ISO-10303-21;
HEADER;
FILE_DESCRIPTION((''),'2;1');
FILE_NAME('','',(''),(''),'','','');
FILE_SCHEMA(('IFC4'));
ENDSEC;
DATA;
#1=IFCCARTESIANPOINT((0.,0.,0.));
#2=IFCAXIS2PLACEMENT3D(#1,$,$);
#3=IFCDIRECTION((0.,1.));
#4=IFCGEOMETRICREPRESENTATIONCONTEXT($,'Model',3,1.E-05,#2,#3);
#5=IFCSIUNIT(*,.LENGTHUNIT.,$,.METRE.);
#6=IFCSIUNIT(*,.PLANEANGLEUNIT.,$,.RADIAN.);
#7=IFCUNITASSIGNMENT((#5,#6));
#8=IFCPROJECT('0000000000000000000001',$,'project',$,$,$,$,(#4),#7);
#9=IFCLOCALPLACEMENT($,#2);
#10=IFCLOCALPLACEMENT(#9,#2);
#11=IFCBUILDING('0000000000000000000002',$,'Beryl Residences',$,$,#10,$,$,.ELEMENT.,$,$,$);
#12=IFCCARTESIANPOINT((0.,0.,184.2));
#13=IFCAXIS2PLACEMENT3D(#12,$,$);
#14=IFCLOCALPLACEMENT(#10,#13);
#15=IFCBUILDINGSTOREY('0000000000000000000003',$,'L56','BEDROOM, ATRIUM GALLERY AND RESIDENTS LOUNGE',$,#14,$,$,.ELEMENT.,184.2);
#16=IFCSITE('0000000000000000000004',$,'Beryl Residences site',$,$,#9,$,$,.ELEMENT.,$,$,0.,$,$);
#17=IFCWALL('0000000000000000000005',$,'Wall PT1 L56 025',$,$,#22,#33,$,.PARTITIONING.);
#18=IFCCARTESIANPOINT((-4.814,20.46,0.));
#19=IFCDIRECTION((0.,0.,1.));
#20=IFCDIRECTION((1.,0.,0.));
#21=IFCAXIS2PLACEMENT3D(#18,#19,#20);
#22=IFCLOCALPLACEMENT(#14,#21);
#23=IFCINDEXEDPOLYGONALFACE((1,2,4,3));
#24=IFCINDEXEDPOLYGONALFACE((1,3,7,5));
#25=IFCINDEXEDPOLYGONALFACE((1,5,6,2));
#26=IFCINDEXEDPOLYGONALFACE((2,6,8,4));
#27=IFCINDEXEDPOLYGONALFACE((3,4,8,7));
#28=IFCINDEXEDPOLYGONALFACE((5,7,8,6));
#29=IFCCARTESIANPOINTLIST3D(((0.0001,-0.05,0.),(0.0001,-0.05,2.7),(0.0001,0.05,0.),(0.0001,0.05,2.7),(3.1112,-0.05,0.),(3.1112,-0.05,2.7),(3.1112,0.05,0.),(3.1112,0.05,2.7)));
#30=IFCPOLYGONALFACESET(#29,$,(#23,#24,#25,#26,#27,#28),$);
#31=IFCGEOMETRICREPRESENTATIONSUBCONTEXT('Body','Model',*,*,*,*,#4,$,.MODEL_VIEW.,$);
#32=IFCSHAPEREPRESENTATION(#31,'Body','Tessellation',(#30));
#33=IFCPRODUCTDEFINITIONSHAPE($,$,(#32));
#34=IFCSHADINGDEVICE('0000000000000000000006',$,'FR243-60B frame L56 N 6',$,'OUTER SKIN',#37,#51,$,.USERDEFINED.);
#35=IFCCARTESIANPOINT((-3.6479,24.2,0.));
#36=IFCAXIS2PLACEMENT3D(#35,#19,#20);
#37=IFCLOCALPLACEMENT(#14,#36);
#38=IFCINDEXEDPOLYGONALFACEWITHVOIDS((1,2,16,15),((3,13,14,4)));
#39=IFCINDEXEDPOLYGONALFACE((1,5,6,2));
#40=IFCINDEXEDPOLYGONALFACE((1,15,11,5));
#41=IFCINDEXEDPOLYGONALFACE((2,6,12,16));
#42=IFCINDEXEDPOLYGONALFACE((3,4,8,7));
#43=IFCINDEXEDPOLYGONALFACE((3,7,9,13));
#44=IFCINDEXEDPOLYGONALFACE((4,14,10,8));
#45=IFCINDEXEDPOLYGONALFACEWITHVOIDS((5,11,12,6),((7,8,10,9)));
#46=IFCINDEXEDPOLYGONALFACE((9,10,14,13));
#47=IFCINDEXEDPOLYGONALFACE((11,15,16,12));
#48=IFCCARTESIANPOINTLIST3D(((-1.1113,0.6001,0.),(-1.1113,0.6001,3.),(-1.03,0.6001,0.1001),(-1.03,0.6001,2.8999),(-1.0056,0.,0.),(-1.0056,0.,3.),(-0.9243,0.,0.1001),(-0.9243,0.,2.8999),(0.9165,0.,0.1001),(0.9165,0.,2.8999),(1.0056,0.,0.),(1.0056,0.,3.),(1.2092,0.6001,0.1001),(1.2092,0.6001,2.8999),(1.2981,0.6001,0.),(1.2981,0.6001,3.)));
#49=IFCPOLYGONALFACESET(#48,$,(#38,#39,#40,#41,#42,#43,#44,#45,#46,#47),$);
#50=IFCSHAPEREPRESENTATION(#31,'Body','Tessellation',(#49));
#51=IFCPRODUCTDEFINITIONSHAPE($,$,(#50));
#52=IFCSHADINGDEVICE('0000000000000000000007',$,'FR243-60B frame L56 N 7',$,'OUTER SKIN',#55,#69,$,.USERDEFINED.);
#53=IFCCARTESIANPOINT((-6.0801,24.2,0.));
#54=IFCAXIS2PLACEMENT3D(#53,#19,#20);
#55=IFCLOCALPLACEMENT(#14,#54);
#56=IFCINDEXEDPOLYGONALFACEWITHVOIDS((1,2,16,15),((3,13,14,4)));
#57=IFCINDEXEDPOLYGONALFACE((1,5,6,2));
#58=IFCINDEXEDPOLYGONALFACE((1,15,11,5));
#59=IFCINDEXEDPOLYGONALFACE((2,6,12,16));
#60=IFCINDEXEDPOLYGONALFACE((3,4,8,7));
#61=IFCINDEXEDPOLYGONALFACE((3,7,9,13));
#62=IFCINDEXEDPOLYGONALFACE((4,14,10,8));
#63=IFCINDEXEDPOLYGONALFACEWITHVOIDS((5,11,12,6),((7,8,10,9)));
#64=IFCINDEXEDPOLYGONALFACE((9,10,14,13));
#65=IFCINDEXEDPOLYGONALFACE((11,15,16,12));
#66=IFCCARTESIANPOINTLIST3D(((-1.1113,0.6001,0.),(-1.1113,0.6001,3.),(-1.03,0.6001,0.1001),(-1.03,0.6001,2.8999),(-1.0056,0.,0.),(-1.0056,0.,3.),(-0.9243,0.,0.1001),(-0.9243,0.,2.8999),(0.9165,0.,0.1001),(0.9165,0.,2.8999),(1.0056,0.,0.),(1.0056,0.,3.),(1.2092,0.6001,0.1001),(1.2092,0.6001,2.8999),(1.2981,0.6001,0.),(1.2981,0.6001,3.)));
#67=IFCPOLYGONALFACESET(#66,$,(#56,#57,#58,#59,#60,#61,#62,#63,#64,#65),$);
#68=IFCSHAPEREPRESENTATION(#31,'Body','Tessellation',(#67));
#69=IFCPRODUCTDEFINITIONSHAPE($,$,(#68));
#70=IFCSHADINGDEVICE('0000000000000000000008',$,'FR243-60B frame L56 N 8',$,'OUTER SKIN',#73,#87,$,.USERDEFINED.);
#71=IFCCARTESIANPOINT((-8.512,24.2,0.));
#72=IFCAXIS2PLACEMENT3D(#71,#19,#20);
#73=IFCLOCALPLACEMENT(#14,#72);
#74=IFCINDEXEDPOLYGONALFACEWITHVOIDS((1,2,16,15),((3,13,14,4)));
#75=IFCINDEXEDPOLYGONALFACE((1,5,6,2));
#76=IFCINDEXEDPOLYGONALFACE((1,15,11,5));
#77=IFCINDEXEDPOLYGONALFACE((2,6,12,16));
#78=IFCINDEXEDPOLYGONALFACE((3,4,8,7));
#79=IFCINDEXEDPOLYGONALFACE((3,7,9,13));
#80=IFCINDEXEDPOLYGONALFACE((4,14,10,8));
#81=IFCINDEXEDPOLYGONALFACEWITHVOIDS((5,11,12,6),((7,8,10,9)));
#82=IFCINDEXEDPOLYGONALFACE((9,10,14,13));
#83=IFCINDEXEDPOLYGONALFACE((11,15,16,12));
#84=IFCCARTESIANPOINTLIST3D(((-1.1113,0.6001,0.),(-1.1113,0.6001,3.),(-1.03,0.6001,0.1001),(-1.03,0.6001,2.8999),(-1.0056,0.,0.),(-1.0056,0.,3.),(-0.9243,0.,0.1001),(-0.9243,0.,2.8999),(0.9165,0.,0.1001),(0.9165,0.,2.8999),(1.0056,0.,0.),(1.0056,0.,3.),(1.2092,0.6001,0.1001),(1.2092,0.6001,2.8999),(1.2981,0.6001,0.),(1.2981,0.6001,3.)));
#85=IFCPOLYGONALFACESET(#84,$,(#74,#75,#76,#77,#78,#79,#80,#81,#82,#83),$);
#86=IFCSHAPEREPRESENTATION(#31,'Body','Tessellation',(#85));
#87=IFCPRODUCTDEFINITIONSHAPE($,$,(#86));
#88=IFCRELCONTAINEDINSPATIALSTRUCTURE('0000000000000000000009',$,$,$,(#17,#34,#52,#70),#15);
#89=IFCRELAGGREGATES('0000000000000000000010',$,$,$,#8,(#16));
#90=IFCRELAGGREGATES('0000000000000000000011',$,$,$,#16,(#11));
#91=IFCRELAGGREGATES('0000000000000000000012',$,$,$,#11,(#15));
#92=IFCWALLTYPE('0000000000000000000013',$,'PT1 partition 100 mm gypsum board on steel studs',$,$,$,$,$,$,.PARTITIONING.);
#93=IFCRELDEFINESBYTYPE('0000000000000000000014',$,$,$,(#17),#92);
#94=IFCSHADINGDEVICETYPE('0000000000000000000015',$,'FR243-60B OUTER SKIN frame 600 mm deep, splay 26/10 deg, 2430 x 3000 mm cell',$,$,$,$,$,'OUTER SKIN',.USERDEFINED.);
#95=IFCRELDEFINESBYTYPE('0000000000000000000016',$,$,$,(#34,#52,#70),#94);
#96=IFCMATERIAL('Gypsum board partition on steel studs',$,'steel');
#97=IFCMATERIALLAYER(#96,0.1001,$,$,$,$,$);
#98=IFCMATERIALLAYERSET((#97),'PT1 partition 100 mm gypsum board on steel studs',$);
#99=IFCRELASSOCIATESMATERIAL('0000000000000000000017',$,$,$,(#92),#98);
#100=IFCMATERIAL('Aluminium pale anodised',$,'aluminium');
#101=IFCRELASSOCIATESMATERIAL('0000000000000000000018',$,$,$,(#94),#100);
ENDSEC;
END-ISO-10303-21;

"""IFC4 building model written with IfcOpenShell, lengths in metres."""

from ifc_helpers import new_model, entity, si_unit, direction, frame, frame_2d, origin, place, context, subcontext, project, spatial, rectangle, extrude, source, transform, mapped, material, layer, layer_set, type_object, type_shapes, element, save


model = new_model("IFC4")

# Units and contexts
model_context = context("Model", 3, precision=1e-05, world=origin(), true_north=direction((0.0, 1.0)))
body_context = subcontext(model_context, "Body", "Model", "MODEL_VIEW")
ifc_project = project(units=[si_unit("LENGTHUNIT", "METRE"), si_unit("PLANEANGLEUNIT", "RADIAN")], contexts=[model_context])

# Site, building, storey
site_placement = place(None, origin())
site = spatial("IfcSite", under=ifc_project, at=site_placement, Name="Beryl Residences site", CompositionType="ELEMENT", RefElevation=0.0)
building_placement = place(site_placement, origin())
building = spatial("IfcBuilding", under=site, at=building_placement, Name="Beryl Residences", CompositionType="ELEMENT")
storey_placement = place(building_placement, frame((0.0, 0.0, 184.2)))
storey = spatial("IfcBuildingStorey", under=building, at=storey_placement, Name="L56", Description="BEDROOM, ATRIUM GALLERY AND RESIDENTS LOUNGE", CompositionType="ELEMENT", Elevation=184.2)

# Shared definitions
ifc_material_1 = material(Name="Gypsum board partition on steel studs", Category="steel")
ifc_layer_1 = layer(ifc_material_1, 0.1001)
ifc_layer_set_1 = layer_set([ifc_layer_1], Name="PT1 partition 100 mm gypsum board on steel studs")
wall_type_1 = type_object("IfcWallType", Name="PT1 partition 100 mm gypsum board on steel studs", PredefinedType="PARTITIONING", material=ifc_layer_set_1)

# Wall
wall_1_placement = place(storey_placement, frame((-4.814, 20.46, 0.0), z_axis=(0.0, 0.0, 1.0), x_axis=(1.0, 0.0, 0.0)))
element("IfcWall", 1, at=wall_1_placement, inside=storey, type_object=wall_type_1, Name="Wall PT1 L56 025", PredefinedType="PARTITIONING", context=body_context, shape_type="SweptSolid", body=[
    extrude(rectangle(XDim=3.1111, YDim=0.1001, at=frame_2d((1.5557, 0.0))), origin(), (0.0, 0.0, 1.0), 2.7),
])

# Shading devices
ifc_material_2 = material(Name="Aluminium pale anodised", Category="aluminium")
shading_device_type = type_object("IfcShadingDeviceType", Name="FR243-60B OUTER SKIN frame 600 mm deep, splay 26/10 deg, 2430 x 3000 mm cell", ElementType="OUTER SKIN", PredefinedType="USERDEFINED", material=ifc_material_2)
cartesian_point_1 = entity("IfcCartesianPoint", [-1.0056, 0.0])
cartesian_point_2 = entity("IfcCartesianPoint", [-0.9165, 0.1001])
cartesian_point_3 = entity("IfcCartesianPoint", [-1.2981, 0.0])
cartesian_point_4 = entity("IfcCartesianPoint", [-1.2092, 0.1001])
shared_shape_1 = source(origin(), body_context, "Body", "SweptSolid", [
    entity("IfcExtrudedAreaSolidTapered", entity("IfcArbitraryProfileDefWithVoids", "AREA", None, entity("IfcPolyline", [cartesian_point_1, entity("IfcCartesianPoint", [1.0056, 0.0]), entity("IfcCartesianPoint", [1.0056, 3.0]), entity("IfcCartesianPoint", [-1.0056, 3.0]), cartesian_point_1]), [entity("IfcPolyline", [cartesian_point_2, entity("IfcCartesianPoint", [0.9243, 0.1001]), entity("IfcCartesianPoint", [0.9243, 2.8999]), entity("IfcCartesianPoint", [-0.9165, 2.8999]), cartesian_point_2])]), entity("IfcAxis2Placement3D", entity("IfcCartesianPoint", [0.0, 0.0, 0.0]), entity("IfcDirection", [0.0, 1.0, 0.0]), entity("IfcDirection", [-1.0, 0.0, 0.0])), entity("IfcDirection", [0.0, 0.0, 1.0]), 0.6001, entity("IfcArbitraryProfileDefWithVoids", "AREA", None, entity("IfcPolyline", [cartesian_point_3, entity("IfcCartesianPoint", [1.1113, 0.0]), entity("IfcCartesianPoint", [1.1113, 3.0]), entity("IfcCartesianPoint", [-1.2981, 3.0]), cartesian_point_3]), [entity("IfcPolyline", [cartesian_point_4, entity("IfcCartesianPoint", [1.03, 0.1001]), entity("IfcCartesianPoint", [1.03, 2.8999]), entity("IfcCartesianPoint", [-1.2092, 2.8999]), cartesian_point_4])])),
])
type_shapes(shading_device_type, [shared_shape_1])
for number, where, z_axis, x_axis, name in (
    (2, (-3.6479, 24.2, 0.0), (0.0, 0.0, 1.0), (1.0, 0.0, 0.0), "FR243-60B frame L56 N 6"),
    (3, (-6.0801, 24.2, 0.0), (0.0, 0.0, 1.0), (1.0, 0.0, 0.0), "FR243-60B frame L56 N 7"),
    (4, (-8.512, 24.2, 0.0), (0.0, 0.0, 1.0), (1.0, 0.0, 0.0), "FR243-60B frame L56 N 8"),
):
    element("IfcShadingDevice", number, at=place(storey_placement, frame(where, z_axis=z_axis, x_axis=x_axis)), inside=storey, type_object=shading_device_type, Name=name, ObjectType="OUTER SKIN", PredefinedType="USERDEFINED", context=body_context, shape_type="MappedRepresentation", body=[
        mapped(shared_shape_1, transform((0.0, 0.0, 0.0))),
    ])

save(model, "model.ifc")
